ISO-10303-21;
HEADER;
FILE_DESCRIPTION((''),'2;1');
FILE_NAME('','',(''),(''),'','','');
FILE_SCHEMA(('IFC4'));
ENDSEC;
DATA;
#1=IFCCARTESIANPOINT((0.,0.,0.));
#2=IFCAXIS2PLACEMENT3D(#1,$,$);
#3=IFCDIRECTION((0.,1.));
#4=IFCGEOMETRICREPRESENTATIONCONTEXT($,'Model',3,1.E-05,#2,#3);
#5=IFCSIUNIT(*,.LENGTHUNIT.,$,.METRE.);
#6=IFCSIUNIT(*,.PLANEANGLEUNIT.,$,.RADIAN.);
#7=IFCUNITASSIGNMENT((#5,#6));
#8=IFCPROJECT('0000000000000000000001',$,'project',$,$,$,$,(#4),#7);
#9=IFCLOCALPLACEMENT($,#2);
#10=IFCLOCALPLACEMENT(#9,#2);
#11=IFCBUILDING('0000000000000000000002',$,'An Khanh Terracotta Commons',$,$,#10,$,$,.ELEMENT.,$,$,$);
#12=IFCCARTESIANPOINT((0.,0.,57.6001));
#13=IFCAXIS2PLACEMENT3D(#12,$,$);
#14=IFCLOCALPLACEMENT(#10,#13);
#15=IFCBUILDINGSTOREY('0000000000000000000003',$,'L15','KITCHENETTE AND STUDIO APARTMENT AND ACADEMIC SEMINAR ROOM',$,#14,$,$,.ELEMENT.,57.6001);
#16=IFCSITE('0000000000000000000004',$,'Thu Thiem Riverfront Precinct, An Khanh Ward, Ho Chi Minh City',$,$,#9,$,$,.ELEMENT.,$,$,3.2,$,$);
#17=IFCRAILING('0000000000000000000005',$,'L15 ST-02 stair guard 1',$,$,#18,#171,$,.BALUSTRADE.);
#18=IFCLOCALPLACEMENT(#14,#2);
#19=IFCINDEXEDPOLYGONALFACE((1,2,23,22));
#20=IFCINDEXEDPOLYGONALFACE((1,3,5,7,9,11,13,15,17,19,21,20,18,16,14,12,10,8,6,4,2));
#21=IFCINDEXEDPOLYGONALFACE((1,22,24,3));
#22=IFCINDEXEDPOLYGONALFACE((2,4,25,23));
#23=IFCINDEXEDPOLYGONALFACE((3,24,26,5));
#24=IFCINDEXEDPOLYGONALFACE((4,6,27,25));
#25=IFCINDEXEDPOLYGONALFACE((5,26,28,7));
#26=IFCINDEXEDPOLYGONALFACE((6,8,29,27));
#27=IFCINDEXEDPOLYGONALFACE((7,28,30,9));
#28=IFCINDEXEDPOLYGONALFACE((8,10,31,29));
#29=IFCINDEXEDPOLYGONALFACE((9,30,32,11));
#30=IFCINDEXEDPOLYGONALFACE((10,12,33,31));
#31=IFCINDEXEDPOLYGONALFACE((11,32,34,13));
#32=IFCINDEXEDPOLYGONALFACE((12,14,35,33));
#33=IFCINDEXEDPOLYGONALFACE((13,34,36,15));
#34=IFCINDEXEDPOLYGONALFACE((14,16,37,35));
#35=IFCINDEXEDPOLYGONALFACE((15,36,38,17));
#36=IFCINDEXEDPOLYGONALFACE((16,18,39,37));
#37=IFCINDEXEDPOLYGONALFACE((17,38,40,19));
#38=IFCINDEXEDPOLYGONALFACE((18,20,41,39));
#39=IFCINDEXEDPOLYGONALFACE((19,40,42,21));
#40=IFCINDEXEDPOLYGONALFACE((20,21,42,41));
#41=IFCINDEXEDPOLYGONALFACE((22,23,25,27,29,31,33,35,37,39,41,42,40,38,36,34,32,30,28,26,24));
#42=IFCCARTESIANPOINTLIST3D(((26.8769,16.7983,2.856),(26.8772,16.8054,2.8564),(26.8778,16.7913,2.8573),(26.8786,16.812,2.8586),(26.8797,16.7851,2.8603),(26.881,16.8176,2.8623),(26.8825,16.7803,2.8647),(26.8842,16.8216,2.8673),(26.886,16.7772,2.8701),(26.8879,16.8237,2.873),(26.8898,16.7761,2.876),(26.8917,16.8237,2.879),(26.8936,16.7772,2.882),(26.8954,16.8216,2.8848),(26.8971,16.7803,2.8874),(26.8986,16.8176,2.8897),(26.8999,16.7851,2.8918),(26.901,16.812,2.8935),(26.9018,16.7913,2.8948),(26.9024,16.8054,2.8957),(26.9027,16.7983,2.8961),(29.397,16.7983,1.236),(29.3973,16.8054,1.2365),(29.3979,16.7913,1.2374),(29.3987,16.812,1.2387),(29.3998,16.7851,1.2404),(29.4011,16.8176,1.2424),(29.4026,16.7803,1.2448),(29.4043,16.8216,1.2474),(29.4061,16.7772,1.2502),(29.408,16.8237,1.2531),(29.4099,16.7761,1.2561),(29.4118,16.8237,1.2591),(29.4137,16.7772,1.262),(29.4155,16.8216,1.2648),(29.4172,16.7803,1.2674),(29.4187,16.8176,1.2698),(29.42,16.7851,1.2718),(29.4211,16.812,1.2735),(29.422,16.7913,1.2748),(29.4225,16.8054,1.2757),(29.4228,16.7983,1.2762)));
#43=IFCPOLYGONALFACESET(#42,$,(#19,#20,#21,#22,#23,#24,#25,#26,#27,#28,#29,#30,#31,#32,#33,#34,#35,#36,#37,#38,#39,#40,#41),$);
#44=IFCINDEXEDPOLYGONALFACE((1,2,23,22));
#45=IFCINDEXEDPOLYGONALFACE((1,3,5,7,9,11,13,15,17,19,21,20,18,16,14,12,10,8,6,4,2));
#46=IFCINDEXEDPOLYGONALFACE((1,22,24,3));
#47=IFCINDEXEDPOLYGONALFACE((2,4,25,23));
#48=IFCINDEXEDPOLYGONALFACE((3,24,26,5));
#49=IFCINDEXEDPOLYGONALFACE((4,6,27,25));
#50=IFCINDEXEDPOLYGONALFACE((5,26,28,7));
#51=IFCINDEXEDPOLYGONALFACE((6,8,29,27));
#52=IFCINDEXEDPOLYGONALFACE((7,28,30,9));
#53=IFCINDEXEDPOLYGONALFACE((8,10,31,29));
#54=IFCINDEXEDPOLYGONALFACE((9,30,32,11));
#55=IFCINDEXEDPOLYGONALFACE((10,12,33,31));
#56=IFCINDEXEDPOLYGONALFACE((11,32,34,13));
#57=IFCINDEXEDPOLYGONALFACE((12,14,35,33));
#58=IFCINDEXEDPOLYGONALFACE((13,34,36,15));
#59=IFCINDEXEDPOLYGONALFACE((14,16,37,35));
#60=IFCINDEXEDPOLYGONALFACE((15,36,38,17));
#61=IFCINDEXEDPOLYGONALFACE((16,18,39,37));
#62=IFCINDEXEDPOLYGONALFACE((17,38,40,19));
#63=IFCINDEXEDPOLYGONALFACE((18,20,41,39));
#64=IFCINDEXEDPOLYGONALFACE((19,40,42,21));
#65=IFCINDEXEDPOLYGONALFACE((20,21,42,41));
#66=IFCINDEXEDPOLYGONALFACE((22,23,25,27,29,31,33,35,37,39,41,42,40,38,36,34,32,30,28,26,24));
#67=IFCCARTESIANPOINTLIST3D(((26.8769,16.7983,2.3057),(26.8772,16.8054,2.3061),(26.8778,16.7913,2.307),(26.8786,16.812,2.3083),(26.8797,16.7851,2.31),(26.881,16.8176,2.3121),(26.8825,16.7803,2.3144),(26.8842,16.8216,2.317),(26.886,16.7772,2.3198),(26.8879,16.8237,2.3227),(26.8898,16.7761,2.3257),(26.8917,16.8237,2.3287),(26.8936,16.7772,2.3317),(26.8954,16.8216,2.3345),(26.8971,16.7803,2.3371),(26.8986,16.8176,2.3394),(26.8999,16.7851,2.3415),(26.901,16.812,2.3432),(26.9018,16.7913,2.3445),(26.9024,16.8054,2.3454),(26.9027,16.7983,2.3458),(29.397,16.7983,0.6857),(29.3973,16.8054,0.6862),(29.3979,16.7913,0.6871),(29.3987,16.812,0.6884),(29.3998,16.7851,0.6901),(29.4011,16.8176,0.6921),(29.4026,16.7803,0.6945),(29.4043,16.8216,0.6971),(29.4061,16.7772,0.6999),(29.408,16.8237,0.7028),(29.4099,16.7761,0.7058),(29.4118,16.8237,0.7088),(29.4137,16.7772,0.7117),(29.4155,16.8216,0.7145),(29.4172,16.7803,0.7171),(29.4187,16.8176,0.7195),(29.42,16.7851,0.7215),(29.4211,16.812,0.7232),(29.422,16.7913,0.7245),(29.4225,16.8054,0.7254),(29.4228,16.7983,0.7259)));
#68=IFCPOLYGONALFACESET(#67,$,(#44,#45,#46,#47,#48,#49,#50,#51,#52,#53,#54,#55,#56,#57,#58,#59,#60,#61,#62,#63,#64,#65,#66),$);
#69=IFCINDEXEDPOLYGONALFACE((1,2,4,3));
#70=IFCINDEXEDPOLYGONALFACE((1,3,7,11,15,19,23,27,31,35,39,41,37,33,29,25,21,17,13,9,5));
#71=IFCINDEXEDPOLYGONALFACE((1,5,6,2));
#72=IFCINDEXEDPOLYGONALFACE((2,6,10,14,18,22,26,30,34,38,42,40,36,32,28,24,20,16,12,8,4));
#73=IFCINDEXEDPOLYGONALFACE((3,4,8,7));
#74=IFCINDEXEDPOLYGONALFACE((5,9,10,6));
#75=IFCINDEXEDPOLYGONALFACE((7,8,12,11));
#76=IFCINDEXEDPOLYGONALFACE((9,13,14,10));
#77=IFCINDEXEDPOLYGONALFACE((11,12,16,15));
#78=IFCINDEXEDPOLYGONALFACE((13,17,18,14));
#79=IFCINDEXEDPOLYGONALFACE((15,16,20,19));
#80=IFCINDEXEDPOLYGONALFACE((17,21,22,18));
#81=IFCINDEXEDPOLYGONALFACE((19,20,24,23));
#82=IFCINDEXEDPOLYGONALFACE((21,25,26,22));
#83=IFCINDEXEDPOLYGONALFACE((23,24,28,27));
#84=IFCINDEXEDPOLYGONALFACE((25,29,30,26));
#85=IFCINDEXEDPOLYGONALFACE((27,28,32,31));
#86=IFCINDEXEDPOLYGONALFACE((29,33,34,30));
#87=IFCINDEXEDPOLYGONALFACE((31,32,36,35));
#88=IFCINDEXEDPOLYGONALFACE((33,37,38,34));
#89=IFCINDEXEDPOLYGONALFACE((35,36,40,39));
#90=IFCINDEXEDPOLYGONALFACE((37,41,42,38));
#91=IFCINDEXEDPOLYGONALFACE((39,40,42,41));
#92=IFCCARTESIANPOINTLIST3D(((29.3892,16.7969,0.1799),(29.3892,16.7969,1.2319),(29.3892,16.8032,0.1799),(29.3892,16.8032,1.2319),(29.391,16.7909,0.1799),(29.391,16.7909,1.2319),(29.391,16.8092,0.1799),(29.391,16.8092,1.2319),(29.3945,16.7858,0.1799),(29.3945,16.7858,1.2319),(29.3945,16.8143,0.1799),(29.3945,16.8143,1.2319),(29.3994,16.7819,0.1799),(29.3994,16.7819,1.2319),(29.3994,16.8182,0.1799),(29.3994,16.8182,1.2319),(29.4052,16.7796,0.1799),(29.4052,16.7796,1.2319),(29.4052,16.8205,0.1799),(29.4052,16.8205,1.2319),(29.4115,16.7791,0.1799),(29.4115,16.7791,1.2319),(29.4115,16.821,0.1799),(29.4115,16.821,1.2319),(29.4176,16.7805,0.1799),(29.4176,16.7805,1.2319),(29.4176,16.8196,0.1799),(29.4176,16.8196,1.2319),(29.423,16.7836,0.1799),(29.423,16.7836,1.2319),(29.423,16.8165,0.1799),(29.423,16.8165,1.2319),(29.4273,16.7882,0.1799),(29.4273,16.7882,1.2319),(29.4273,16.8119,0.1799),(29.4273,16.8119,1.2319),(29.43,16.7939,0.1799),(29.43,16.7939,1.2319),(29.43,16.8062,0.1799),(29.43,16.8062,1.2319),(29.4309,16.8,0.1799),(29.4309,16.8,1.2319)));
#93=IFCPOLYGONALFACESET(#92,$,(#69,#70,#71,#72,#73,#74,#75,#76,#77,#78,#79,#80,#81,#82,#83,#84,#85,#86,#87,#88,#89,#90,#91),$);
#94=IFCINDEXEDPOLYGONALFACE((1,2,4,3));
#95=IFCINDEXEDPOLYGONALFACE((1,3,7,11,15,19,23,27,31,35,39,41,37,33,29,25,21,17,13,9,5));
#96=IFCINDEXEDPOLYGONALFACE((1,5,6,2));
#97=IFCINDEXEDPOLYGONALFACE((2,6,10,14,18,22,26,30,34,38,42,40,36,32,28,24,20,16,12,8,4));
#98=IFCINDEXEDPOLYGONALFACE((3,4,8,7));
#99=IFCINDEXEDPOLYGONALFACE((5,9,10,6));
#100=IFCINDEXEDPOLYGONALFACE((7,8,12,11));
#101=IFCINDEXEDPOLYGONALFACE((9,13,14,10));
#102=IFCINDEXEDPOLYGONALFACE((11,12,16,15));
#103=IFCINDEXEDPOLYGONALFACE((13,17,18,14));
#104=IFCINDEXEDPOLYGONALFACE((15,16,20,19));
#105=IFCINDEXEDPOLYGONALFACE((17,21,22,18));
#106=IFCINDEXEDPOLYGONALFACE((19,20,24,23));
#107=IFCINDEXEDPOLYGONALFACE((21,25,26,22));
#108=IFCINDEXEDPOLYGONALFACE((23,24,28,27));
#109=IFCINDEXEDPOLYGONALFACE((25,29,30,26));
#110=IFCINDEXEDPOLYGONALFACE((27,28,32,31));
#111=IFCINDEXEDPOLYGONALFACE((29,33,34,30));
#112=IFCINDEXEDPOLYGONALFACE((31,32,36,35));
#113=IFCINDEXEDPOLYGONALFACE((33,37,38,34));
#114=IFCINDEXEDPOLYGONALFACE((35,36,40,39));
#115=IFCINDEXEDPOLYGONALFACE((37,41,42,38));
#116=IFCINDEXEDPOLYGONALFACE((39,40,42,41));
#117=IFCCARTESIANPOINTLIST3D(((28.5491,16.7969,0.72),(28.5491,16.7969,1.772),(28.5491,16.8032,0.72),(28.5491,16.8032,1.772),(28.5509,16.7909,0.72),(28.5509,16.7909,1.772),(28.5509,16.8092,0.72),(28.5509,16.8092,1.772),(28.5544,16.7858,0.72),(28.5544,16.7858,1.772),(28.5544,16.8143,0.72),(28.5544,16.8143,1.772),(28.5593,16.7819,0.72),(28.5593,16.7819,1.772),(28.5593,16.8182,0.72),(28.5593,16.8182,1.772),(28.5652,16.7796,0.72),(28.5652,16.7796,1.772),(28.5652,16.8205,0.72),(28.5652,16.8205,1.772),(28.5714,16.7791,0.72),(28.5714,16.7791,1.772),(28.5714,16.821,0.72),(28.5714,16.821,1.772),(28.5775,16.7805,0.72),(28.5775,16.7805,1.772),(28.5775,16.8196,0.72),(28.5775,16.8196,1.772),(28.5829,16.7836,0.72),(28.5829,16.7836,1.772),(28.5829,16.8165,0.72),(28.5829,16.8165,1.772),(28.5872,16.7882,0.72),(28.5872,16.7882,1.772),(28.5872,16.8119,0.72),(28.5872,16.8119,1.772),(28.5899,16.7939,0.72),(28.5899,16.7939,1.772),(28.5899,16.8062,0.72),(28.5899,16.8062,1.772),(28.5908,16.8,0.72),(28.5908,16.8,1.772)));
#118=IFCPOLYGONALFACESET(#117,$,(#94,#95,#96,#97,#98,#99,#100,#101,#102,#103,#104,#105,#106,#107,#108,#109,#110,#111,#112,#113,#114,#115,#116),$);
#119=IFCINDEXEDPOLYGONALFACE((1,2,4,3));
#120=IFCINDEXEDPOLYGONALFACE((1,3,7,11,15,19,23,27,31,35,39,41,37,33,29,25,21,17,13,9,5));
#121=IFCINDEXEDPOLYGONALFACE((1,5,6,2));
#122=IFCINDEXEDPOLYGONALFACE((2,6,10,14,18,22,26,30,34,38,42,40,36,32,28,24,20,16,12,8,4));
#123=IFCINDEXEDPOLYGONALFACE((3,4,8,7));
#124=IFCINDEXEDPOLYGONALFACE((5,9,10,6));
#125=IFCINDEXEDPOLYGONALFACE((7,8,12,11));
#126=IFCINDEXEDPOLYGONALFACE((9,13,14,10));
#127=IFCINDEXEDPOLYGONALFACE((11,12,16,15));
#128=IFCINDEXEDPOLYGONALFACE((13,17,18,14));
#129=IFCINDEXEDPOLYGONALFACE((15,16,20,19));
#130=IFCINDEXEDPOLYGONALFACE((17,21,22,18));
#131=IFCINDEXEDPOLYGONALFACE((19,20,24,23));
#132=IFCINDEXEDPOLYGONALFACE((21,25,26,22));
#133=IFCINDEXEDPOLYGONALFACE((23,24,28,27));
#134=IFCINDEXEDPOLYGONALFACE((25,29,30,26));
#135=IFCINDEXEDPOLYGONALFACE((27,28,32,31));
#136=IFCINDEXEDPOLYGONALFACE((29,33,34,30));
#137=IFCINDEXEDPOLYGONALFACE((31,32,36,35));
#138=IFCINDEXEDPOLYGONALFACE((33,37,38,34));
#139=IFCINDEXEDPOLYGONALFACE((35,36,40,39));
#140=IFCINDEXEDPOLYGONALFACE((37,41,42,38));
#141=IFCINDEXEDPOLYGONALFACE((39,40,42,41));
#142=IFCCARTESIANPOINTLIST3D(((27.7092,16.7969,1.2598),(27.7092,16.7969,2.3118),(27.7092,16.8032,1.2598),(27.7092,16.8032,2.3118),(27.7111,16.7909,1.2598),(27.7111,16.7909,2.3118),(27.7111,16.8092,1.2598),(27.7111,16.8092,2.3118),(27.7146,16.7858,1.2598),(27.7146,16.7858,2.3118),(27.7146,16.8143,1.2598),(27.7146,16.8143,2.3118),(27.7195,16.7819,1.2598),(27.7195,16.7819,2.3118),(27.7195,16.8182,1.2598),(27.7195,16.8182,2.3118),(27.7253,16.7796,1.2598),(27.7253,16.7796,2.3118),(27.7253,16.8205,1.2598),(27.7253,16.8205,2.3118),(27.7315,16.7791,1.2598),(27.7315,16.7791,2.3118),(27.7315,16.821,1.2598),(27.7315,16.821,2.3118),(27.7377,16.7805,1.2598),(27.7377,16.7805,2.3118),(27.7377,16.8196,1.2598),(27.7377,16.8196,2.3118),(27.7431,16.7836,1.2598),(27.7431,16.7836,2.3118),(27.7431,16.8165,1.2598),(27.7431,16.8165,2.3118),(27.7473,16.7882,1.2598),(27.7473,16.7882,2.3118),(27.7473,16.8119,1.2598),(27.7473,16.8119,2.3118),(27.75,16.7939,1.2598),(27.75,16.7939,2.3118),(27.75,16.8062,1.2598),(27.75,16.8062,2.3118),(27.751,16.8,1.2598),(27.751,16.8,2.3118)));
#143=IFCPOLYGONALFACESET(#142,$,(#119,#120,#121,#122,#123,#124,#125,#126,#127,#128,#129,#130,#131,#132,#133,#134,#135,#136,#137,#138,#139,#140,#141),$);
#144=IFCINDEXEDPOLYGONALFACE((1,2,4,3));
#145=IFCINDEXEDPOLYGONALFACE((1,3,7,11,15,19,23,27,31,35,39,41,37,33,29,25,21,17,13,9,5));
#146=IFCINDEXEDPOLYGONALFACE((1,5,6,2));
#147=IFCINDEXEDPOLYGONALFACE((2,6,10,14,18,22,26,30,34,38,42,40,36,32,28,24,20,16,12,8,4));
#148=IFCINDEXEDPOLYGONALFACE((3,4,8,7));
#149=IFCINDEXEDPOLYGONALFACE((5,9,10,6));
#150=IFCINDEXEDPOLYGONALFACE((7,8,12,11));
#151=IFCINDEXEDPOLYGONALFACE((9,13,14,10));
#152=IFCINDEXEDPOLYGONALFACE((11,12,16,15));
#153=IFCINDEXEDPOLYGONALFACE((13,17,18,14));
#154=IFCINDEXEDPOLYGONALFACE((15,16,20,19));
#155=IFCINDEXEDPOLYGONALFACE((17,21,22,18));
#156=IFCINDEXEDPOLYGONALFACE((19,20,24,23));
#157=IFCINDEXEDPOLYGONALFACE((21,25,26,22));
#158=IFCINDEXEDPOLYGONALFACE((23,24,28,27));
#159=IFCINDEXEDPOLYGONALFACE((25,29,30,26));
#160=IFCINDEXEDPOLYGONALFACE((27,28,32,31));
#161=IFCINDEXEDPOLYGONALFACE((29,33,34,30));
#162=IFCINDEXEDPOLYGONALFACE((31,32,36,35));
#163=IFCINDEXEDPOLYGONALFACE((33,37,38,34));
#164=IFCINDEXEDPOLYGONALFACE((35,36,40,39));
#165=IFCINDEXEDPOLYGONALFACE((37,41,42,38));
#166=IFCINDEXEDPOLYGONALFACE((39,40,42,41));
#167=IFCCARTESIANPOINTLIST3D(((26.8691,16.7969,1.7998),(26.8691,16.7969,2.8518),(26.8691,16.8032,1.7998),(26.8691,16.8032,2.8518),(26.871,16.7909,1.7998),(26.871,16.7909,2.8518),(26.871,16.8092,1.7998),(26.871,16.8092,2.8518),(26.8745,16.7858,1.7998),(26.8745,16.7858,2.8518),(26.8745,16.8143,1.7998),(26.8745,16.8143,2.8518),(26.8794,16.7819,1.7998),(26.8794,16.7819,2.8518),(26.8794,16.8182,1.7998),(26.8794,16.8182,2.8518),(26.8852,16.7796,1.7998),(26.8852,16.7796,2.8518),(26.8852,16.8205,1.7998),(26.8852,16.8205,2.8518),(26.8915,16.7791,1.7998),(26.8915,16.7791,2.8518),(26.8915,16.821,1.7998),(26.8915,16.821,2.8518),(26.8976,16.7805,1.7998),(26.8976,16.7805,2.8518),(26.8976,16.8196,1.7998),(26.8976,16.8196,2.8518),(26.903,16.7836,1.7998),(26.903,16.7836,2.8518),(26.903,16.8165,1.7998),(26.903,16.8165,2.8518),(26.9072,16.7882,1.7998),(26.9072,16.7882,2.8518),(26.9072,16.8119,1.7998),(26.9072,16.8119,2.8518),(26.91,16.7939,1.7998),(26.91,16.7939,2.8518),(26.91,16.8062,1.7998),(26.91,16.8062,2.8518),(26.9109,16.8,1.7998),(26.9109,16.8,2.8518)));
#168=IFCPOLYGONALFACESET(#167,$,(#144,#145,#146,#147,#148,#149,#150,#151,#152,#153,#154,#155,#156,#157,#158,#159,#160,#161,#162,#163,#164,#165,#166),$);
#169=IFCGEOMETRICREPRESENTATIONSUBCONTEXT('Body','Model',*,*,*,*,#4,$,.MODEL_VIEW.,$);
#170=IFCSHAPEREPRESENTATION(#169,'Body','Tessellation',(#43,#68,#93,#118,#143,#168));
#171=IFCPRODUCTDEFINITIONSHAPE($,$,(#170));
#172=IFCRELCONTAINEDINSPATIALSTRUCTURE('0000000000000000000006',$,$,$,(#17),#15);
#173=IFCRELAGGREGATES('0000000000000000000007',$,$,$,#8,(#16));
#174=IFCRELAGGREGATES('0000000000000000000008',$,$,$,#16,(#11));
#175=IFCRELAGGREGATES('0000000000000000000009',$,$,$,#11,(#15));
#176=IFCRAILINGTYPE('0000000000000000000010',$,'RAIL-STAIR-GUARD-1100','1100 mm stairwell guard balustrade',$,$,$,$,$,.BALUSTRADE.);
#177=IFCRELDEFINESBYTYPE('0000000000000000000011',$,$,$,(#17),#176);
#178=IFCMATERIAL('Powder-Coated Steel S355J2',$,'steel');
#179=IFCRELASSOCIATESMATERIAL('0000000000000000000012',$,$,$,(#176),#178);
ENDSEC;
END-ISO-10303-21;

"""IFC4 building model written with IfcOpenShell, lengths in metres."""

from ifc_helpers import new_model, si_unit, direction, frame, origin, origin_2d, place, context, subcontext, project, spatial, circle, extrude, material, type_object, element, save


model = new_model("IFC4")

# Units and contexts
model_context = context("Model", 3, precision=1e-05, world=origin(), true_north=direction((0.0, 1.0)))
body_context = subcontext(model_context, "Body", "Model", "MODEL_VIEW")
ifc_project = project(units=[si_unit("LENGTHUNIT", "METRE"), si_unit("PLANEANGLEUNIT", "RADIAN")], contexts=[model_context])

# Site, building, storey
site_placement = place(None, origin())
site = spatial("IfcSite", under=ifc_project, at=site_placement, Name="Thu Thiem Riverfront Precinct, An Khanh Ward, Ho Chi Minh City", CompositionType="ELEMENT", RefElevation=3.2)
building_placement = place(site_placement, origin())
building = spatial("IfcBuilding", under=site, at=building_placement, Name="An Khanh Terracotta Commons", CompositionType="ELEMENT")
storey_placement = place(building_placement, frame((0.0, 0.0, 57.6001)))
storey = spatial("IfcBuildingStorey", under=building, at=storey_placement, Name="L15", Description="KITCHENETTE AND STUDIO APARTMENT AND ACADEMIC SEMINAR ROOM", CompositionType="ELEMENT", Elevation=57.6001)

# Railing
ifc_material_1 = material(Name="Powder-Coated Steel S355J2", Category="steel")
railing_type_1 = type_object("IfcRailingType", Name="RAIL-STAIR-GUARD-1100", Description="1100 mm stairwell guard balustrade", PredefinedType="BALUSTRADE", material=ifc_material_1)
railing_1_placement = place(storey_placement, frame((29.4099, 16.8, 0.1799)))
element("IfcRailing", 1, at=railing_1_placement, inside=storey, type_object=railing_type_1, Name="L15 ST-02 stair guard 1", PredefinedType="BALUSTRADE", context=body_context, shape_type="SweptSolid", body=[
    extrude(circle(Radius=0.0239, at=origin_2d()), frame((0.0, 0.0, 1.0762), z_axis=(-0.8412, 0.0, 0.540725), x_axis=(0.0, -1.0, 0.0)), (0.0, 0.0, 1.0), 2.9958),
    extrude(circle(Radius=0.0239, at=origin_2d()), frame((0.0, 0.0, 0.5259), z_axis=(-0.8412, 0.0, 0.540725), x_axis=(0.0, -1.0, 0.0)), (0.0, 0.0, 1.0), 2.9958),
    extrude(circle(Radius=0.021, at=origin_2d()), origin(), (0.0, 0.0, 1.0), 1.052),
    extrude(circle(Radius=0.021, at=origin_2d()), frame((-0.8401, 0.0, 0.54)), (0.0, 0.0, 1.0), 1.052),
    extrude(circle(Radius=0.021, at=origin_2d()), frame((-1.6799, 0.0, 1.0798)), (0.0, 0.0, 1.0), 1.052),
    extrude(circle(Radius=0.021, at=origin_2d()), frame((-2.52, 0.0, 1.6199)), (0.0, 0.0, 1.0), 1.052),
])

save(model, "model.ifc")
